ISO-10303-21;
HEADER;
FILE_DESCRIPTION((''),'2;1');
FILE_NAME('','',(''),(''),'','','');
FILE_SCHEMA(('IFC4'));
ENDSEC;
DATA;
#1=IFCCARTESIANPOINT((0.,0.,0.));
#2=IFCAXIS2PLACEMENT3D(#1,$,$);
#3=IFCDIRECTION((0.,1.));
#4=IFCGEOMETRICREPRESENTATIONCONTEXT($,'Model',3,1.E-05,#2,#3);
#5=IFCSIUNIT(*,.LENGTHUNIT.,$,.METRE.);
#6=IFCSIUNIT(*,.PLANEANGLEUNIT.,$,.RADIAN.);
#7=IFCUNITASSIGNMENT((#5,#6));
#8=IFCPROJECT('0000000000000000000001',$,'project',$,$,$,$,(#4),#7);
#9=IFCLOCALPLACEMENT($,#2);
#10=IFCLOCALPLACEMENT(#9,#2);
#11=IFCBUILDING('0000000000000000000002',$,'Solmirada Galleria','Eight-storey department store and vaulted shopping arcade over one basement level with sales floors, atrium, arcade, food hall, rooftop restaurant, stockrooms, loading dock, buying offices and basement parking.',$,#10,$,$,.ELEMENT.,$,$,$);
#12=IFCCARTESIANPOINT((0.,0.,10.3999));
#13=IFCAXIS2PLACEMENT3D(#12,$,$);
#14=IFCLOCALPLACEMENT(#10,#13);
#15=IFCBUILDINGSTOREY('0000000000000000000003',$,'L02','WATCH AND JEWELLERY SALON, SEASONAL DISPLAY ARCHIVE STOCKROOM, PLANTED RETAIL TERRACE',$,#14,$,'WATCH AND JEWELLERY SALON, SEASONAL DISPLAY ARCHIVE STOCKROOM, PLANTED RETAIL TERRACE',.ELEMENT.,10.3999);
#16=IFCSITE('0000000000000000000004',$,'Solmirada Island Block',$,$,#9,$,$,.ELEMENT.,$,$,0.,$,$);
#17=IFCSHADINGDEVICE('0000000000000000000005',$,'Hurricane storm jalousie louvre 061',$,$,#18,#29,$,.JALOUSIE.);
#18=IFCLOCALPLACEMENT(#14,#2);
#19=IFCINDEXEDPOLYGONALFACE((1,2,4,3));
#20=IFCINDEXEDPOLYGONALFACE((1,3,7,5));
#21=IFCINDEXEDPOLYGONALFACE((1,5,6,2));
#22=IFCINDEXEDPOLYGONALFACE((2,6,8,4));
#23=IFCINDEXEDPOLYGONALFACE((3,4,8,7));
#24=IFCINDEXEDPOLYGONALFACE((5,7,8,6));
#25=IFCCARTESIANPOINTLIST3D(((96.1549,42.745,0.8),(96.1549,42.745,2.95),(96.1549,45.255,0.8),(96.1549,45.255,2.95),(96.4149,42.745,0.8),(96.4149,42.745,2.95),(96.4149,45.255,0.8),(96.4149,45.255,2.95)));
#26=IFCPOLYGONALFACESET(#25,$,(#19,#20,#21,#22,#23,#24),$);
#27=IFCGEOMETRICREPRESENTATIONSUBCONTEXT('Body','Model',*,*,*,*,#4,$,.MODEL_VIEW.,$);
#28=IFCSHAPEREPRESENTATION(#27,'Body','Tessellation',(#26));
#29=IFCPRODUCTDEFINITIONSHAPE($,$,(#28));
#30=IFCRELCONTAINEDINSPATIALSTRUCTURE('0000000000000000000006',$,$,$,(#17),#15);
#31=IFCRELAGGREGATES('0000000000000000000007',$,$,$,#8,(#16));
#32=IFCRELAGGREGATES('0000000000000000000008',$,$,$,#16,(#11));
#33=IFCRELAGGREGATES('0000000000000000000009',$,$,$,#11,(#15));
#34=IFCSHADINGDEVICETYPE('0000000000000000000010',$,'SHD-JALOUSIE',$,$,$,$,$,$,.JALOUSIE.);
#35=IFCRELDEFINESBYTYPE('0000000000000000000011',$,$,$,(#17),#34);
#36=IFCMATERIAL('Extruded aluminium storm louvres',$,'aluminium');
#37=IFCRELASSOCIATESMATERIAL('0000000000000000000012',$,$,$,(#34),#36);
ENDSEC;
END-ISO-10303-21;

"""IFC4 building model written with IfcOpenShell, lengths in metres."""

from ifc_helpers import new_model, si_unit, direction, frame, origin, origin_2d, place, context, subcontext, project, spatial, rectangle, extrude, material, type_object, element, save


model = new_model("IFC4")

# Units and contexts
model_context = context("Model", 3, precision=1e-05, world=origin(), true_north=direction((0.0, 1.0)))
body_context = subcontext(model_context, "Body", "Model", "MODEL_VIEW")
ifc_project = project(units=[si_unit("LENGTHUNIT", "METRE"), si_unit("PLANEANGLEUNIT", "RADIAN")], contexts=[model_context])

# Site, building, storey
site_placement = place(None, origin())
site = spatial("IfcSite", under=ifc_project, at=site_placement, Name="Solmirada Island Block", CompositionType="ELEMENT", RefElevation=0.0)
building_placement = place(site_placement, origin())
building = spatial("IfcBuilding", under=site, at=building_placement, Name="Solmirada Galleria", Description="Eight-storey department store and vaulted shopping arcade over one basement level with sales floors, atrium, arcade, food hall, rooftop restaurant, stockrooms, loading dock, buying offices and basement parking.", CompositionType="ELEMENT")
storey_placement = place(building_placement, frame((0.0, 0.0, 10.3999)))
storey = spatial("IfcBuildingStorey", under=building, at=storey_placement, Name="L02", Description="WATCH AND JEWELLERY SALON, SEASONAL DISPLAY ARCHIVE STOCKROOM, PLANTED RETAIL TERRACE", LongName="WATCH AND JEWELLERY SALON, SEASONAL DISPLAY ARCHIVE STOCKROOM, PLANTED RETAIL TERRACE", CompositionType="ELEMENT", Elevation=10.3999)

# Shading device
ifc_material_1 = material(Name="Extruded aluminium storm louvres", Category="aluminium")
shading_device_type = type_object("IfcShadingDeviceType", Name="SHD-JALOUSIE", PredefinedType="JALOUSIE", material=ifc_material_1)
shading_device_placement = place(storey_placement, frame((96.2849, 44.0, 0.8), z_axis=(0.0, 0.0, 1.0), x_axis=(0.0, -1.0, 0.0)))
element("IfcShadingDevice", 1, at=shading_device_placement, inside=storey, type_object=shading_device_type, Name="Hurricane storm jalousie louvre 061", PredefinedType="JALOUSIE", context=body_context, shape_type="SweptSolid", body=[
    extrude(rectangle(XDim=2.51, YDim=0.26, at=origin_2d()), origin(), (0.0, 0.0, 1.0), 2.1499),
])

save(model, "model.ifc")
